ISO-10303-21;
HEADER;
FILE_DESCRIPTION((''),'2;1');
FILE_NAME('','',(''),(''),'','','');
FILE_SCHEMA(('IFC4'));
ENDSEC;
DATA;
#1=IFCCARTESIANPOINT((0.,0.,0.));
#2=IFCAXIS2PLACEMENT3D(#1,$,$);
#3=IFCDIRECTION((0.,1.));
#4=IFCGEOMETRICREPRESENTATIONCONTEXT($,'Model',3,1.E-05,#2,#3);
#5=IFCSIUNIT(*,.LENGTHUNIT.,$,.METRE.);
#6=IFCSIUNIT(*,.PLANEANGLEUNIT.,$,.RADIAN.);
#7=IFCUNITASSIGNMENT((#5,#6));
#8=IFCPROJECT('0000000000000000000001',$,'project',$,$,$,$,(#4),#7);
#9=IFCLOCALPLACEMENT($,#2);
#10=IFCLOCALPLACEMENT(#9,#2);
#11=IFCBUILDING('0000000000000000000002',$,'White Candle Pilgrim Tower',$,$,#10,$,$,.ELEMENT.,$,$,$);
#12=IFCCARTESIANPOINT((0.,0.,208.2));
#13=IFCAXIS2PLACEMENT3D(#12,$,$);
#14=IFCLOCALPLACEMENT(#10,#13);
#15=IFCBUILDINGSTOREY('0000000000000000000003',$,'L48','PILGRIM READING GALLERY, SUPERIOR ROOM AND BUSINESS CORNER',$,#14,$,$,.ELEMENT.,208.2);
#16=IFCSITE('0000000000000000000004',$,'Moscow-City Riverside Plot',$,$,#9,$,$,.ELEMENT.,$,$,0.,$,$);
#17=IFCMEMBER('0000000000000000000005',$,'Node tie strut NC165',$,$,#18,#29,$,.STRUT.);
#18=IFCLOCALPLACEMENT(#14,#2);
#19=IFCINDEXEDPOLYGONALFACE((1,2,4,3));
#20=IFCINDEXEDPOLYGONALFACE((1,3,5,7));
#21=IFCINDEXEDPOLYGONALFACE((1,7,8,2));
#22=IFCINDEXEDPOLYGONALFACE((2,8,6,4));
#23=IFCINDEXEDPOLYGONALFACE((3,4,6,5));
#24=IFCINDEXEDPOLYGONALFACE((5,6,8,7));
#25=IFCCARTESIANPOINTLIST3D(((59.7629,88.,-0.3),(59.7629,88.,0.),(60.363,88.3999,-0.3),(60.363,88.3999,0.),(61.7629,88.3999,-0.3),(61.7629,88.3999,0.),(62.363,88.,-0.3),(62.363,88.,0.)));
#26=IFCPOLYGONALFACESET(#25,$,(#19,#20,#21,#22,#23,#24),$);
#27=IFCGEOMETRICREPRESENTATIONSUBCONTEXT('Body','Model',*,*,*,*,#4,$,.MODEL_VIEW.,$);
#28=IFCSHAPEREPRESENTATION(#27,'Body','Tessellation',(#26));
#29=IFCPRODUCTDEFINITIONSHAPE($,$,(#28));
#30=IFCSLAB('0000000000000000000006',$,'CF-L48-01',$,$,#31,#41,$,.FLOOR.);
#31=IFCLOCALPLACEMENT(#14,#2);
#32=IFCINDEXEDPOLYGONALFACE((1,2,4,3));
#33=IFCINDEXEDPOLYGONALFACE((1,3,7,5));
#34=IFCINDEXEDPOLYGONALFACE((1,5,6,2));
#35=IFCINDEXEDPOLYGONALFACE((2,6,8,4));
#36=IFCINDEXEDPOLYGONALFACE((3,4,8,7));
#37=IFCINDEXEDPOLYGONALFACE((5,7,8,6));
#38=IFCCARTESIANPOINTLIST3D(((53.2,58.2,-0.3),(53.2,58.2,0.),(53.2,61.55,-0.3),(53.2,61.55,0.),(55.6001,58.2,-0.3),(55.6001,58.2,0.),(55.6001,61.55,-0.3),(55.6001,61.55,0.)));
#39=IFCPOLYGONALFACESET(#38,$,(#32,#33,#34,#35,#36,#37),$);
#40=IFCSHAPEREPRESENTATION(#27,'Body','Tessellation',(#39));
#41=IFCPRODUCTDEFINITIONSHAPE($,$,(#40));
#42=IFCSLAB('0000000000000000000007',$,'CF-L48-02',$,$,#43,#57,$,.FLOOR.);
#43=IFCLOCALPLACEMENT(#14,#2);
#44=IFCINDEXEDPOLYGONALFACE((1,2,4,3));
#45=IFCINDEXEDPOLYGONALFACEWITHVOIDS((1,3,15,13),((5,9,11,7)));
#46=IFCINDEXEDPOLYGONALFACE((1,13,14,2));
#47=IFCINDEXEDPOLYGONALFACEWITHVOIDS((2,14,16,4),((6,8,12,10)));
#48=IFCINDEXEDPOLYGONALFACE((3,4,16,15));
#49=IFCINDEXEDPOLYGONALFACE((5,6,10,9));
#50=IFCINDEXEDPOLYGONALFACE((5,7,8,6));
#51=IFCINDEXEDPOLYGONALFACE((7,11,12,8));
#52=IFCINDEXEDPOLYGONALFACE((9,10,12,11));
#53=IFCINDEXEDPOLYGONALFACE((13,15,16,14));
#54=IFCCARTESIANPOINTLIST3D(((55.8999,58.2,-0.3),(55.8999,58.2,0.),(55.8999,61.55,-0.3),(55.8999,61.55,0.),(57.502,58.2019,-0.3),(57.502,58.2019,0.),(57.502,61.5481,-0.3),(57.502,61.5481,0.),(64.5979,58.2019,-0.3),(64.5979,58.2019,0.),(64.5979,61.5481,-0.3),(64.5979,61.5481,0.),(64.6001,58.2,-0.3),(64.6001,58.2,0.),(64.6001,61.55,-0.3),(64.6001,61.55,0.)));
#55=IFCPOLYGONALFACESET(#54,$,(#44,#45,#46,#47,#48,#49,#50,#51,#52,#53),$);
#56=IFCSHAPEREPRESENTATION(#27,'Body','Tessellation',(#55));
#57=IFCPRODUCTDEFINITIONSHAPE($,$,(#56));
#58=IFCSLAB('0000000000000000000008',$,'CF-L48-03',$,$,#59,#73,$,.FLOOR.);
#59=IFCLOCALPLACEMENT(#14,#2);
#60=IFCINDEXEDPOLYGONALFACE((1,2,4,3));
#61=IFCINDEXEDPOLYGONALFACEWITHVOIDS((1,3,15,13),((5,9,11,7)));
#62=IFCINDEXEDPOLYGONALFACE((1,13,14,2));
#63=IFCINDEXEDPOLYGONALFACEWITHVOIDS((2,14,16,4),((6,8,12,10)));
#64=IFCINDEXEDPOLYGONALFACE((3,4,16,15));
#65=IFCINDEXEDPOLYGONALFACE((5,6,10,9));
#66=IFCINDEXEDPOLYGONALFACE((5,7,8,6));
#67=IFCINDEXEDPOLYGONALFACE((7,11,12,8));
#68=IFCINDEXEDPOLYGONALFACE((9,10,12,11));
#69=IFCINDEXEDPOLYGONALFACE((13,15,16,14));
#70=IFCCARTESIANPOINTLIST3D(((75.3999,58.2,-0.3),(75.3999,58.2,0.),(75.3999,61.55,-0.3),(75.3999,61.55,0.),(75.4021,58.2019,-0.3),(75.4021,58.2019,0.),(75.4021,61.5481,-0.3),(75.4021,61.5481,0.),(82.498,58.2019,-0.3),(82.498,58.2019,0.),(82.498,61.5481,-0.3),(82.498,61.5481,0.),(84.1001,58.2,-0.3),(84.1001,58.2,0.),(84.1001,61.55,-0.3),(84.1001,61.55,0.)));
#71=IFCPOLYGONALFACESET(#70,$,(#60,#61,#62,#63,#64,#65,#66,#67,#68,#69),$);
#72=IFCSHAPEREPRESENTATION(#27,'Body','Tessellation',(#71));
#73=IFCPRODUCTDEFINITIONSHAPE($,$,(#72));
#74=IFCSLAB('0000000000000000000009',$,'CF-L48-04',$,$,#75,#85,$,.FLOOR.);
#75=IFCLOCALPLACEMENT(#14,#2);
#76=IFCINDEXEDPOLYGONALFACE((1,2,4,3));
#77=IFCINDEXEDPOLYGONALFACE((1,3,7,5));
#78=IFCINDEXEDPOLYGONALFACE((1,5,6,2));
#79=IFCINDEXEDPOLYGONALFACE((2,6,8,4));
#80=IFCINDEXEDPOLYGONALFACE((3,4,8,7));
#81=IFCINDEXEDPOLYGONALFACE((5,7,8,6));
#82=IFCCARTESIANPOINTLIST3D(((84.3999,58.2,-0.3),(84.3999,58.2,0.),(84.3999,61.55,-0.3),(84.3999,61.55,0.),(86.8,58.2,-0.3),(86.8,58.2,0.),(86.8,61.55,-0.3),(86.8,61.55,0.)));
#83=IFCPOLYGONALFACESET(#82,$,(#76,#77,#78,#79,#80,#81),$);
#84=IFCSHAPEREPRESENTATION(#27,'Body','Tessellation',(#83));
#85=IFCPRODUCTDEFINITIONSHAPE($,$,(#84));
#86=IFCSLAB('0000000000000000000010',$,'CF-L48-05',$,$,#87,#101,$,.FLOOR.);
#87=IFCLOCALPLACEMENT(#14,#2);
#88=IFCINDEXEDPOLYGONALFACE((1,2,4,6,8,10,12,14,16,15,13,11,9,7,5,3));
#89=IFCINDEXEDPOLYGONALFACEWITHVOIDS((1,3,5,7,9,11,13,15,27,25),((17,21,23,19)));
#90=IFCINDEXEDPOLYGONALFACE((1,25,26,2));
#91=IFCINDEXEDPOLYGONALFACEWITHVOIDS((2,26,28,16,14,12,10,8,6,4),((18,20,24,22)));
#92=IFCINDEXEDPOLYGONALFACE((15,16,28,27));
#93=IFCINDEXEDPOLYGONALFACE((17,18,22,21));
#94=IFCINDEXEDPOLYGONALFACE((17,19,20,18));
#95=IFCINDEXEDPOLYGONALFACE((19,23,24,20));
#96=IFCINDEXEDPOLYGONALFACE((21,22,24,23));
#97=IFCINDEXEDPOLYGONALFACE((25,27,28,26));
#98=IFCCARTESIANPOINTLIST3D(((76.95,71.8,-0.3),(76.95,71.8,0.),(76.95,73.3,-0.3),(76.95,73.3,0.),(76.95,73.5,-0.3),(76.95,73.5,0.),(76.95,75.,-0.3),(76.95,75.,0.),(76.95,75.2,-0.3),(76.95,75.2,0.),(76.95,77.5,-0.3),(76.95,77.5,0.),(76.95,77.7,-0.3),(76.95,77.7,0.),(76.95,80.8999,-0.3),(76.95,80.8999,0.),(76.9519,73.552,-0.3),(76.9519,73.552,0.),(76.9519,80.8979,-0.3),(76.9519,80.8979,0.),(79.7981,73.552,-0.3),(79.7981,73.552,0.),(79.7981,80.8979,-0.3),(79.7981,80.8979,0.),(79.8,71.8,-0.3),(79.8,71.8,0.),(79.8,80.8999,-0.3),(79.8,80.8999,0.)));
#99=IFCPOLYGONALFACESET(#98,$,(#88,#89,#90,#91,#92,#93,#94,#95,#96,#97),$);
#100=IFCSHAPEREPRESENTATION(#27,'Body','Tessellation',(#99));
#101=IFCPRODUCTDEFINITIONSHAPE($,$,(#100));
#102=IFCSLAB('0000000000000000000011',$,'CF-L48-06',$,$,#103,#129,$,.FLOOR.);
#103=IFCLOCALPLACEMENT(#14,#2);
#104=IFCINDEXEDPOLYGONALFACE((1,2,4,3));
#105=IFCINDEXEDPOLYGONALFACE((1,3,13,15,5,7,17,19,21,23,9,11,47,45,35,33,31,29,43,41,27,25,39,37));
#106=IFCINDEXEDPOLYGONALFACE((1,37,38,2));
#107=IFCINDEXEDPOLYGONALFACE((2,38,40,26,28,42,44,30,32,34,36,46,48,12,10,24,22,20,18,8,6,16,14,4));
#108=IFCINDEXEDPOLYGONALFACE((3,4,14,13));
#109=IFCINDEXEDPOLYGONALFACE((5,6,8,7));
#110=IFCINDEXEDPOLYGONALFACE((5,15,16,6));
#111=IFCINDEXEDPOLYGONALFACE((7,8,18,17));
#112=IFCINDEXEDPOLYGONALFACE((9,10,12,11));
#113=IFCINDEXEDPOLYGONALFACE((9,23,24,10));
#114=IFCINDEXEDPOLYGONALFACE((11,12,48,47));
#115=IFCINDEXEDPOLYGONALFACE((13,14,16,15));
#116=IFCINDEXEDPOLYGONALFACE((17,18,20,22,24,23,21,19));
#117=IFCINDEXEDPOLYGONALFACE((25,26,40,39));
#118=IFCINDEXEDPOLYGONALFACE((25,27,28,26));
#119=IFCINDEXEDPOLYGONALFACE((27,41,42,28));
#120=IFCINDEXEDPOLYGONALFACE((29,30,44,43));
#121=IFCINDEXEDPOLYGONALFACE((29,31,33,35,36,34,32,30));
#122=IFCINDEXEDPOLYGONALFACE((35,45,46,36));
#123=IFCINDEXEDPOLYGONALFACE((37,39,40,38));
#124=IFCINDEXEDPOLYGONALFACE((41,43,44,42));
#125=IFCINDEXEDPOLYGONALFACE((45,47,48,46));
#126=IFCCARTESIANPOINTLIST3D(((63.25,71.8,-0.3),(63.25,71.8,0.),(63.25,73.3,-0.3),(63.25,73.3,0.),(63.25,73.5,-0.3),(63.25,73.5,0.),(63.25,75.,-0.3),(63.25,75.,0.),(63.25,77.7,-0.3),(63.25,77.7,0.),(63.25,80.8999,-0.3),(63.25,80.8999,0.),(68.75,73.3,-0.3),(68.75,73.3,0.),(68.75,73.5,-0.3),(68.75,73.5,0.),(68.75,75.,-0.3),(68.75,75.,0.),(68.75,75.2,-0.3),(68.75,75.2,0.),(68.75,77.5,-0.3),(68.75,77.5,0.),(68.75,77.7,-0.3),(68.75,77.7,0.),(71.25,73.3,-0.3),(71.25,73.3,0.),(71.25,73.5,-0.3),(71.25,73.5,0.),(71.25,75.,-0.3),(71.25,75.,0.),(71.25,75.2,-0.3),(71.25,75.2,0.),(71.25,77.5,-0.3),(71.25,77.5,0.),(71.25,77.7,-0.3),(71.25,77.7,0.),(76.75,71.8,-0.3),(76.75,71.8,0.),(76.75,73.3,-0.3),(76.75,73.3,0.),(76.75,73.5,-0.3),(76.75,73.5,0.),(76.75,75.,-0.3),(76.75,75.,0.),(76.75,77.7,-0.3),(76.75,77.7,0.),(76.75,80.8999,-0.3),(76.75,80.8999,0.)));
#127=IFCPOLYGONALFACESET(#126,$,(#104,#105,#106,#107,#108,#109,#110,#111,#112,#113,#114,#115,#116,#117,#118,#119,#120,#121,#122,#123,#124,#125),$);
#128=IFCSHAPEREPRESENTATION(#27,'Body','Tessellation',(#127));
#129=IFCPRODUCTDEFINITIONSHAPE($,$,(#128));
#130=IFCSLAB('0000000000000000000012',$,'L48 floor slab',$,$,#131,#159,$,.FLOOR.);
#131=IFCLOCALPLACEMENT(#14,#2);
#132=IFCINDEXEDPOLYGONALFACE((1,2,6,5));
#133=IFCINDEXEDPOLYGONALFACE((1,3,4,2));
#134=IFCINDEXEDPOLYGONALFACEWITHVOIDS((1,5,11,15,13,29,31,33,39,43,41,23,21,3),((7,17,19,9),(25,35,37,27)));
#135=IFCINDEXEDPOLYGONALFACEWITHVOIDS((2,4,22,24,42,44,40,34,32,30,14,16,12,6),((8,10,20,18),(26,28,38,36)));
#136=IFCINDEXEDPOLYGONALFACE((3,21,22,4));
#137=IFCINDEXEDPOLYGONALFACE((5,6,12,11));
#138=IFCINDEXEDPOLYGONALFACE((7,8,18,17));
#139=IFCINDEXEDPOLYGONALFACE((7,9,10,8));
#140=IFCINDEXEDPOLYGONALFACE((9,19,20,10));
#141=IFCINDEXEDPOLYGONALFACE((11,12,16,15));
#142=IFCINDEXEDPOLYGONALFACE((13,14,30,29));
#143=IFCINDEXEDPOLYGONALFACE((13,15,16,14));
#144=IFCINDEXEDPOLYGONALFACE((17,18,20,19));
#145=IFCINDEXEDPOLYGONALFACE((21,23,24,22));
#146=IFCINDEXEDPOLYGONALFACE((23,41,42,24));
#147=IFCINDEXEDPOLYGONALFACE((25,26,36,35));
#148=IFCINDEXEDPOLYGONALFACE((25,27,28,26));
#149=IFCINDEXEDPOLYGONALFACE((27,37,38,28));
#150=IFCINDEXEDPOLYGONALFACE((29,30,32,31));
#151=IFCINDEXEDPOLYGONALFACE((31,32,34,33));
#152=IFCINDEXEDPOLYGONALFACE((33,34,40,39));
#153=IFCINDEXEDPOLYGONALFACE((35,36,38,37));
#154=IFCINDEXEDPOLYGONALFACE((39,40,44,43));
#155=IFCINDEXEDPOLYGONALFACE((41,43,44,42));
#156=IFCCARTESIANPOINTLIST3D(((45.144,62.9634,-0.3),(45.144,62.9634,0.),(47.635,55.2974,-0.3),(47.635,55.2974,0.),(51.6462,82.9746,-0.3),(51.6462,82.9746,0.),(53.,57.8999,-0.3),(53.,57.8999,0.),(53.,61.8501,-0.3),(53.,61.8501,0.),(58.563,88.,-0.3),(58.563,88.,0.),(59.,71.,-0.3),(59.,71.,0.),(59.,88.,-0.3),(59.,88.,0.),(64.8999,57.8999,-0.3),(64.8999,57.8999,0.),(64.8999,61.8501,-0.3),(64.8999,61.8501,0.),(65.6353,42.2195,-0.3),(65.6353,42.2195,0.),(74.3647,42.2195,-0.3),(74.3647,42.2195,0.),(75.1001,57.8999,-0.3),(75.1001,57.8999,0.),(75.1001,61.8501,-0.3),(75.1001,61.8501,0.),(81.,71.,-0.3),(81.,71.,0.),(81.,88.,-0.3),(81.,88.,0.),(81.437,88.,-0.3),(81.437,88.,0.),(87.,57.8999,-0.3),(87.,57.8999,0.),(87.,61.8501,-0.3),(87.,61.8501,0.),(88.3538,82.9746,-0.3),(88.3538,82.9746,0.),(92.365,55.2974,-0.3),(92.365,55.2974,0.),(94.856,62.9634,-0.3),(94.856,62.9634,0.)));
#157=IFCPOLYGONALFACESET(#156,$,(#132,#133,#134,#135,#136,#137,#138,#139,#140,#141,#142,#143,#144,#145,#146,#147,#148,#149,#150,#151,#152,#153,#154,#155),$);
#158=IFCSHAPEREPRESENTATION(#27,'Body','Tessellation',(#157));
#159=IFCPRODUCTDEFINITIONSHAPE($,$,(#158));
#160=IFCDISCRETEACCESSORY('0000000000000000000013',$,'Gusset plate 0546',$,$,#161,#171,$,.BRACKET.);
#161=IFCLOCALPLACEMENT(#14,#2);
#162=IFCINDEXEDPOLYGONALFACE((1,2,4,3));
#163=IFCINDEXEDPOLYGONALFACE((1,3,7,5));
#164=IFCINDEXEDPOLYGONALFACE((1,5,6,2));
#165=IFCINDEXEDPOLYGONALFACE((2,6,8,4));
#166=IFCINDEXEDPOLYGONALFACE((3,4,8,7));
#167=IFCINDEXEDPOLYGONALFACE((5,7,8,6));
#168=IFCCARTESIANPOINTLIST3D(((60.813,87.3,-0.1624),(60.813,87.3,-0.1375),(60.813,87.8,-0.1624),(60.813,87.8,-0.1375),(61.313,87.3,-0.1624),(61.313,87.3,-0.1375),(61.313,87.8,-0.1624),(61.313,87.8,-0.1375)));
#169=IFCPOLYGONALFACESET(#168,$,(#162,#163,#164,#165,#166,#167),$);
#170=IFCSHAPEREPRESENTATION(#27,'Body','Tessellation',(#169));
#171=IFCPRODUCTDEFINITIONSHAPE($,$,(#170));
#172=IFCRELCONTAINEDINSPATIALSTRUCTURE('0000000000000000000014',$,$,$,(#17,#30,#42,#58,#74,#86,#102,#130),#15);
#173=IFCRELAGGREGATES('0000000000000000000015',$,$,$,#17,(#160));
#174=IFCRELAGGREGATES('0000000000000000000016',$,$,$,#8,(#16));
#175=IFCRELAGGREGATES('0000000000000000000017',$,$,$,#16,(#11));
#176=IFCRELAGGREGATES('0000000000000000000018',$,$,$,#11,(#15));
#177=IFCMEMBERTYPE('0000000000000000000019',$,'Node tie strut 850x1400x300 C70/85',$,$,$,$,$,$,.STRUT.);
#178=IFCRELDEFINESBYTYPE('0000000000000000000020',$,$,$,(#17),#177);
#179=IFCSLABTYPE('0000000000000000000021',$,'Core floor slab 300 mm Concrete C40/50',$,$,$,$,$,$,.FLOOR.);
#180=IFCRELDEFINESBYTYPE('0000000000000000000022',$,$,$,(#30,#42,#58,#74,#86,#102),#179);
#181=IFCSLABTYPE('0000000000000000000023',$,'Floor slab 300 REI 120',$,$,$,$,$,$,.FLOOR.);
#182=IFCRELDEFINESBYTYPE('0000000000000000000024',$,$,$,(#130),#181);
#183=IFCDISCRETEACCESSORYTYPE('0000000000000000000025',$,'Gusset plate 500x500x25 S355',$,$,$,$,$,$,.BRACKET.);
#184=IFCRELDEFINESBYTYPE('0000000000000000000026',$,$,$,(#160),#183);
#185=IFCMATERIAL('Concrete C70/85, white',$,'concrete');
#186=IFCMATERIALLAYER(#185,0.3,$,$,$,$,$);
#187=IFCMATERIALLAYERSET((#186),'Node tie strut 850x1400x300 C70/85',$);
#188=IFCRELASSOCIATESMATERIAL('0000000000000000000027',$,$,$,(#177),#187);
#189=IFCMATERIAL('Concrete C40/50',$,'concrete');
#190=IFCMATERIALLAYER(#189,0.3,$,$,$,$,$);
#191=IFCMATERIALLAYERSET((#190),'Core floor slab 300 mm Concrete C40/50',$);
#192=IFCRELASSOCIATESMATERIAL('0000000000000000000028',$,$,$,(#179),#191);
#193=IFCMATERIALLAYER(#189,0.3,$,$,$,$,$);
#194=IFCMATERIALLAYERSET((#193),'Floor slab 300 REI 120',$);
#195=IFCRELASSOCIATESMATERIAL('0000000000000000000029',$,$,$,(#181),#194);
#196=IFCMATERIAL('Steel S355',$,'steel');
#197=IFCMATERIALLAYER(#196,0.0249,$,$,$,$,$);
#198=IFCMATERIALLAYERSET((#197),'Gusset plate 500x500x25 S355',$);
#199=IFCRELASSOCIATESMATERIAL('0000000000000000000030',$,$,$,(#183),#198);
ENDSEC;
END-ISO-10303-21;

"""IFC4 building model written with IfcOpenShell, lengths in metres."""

from ifc_helpers import new_model, si_unit, direction, frame, origin, origin_2d, place, context, subcontext, project, spatial, polyline, rectangle, outline, extrude, material, layer, layer_set, type_object, element, aggregate, save


model = new_model("IFC4")

# Units and contexts
model_context = context("Model", 3, precision=1e-05, world=origin(), true_north=direction((0.0, 1.0)))
body_context = subcontext(model_context, "Body", "Model", "MODEL_VIEW")
ifc_project = project(units=[si_unit("LENGTHUNIT", "METRE"), si_unit("PLANEANGLEUNIT", "RADIAN")], contexts=[model_context])

# Site, building, storey
site_placement = place(None, origin())
site = spatial("IfcSite", under=ifc_project, at=site_placement, Name="Moscow-City Riverside Plot", CompositionType="ELEMENT", RefElevation=0.0)
building_placement = place(site_placement, origin())
building = spatial("IfcBuilding", under=site, at=building_placement, Name="White Candle Pilgrim Tower", CompositionType="ELEMENT")
storey_placement = place(building_placement, frame((0.0, 0.0, 208.2)))
storey = spatial("IfcBuildingStorey", under=building, at=storey_placement, Name="L48", Description="PILGRIM READING GALLERY, SUPERIOR ROOM AND BUSINESS CORNER", CompositionType="ELEMENT", Elevation=208.2)

# Member
ifc_material_1 = material(Name="Concrete C70/85, white", Category="concrete")
ifc_layer_1 = layer(ifc_material_1, 0.3)
ifc_layer_set_1 = layer_set([ifc_layer_1], Name="Node tie strut 850x1400x300 C70/85")
member_type_1 = type_object("IfcMemberType", Name="Node tie strut 850x1400x300 C70/85", PredefinedType="STRUT", material=ifc_layer_set_1)
member_1_placement = place(storey_placement, frame((0.0, 0.0, -0.3)))
member_1 = element("IfcMember", 1, at=member_1_placement, inside=storey, type_object=member_type_1, Name="Node tie strut NC165", PredefinedType="STRUT", context=body_context, shape_type="SweptSolid", body=[
    extrude(outline(polyline([(59.7629, 88.0), (62.363, 88.0), (61.7629, 88.3999), (60.363, 88.3999), (59.7629, 88.0)])), origin(), (0.0, 0.0, 1.0), 0.3),
])

# Slabs
ifc_material_2 = material(Name="Concrete C40/50", Category="concrete")
ifc_layer_2 = layer(ifc_material_2, 0.3)
ifc_layer_set_2 = layer_set([ifc_layer_2], Name="Core floor slab 300 mm Concrete C40/50")
slab_type_1 = type_object("IfcSlabType", Name="Core floor slab 300 mm Concrete C40/50", PredefinedType="FLOOR", material=ifc_layer_set_2)
slab_1_placement = place(storey_placement, frame((0.0, 0.0, -0.3)))
element("IfcSlab", 2, at=slab_1_placement, inside=storey, type_object=slab_type_1, Name="CF-L48-01", PredefinedType="FLOOR", context=body_context, shape_type="SweptSolid", body=[
    extrude(outline(polyline([(55.6001, 58.2), (53.2, 58.2), (53.2, 61.55), (55.6001, 61.55), (55.6001, 58.2)])), origin(), (0.0, 0.0, 1.0), 0.3),
])
slab_2_placement = place(storey_placement, frame((0.0, 0.0, -0.3)))
element("IfcSlab", 3, at=slab_2_placement, inside=storey, type_object=slab_type_1, Name="CF-L48-02", PredefinedType="FLOOR", context=body_context, shape_type="SweptSolid", body=[
    extrude(outline(polyline([(55.8999, 58.2), (55.8999, 61.55), (64.6001, 61.55), (64.6001, 58.2), (55.8999, 58.2)]), holes=[polyline([(57.502, 61.5481), (57.502, 58.2019), (64.5979, 58.2019), (64.5979, 61.5481), (57.502, 61.5481)])]), origin(), (0.0, 0.0, 1.0), 0.3),
])
slab_3_placement = place(storey_placement, frame((0.0, 0.0, -0.3)))
element("IfcSlab", 4, at=slab_3_placement, inside=storey, type_object=slab_type_1, Name="CF-L48-03", PredefinedType="FLOOR", context=body_context, shape_type="SweptSolid", body=[
    extrude(outline(polyline([(75.3999, 58.2), (75.3999, 61.55), (84.1001, 61.55), (84.1001, 58.2), (75.3999, 58.2)]), holes=[polyline([(82.498, 58.2019), (82.498, 61.5481), (75.4021, 61.5481), (75.4021, 58.2019), (82.498, 58.2019)])]), origin(), (0.0, 0.0, 1.0), 0.3),
])
slab_4_placement = place(storey_placement, frame((0.0, 0.0, -0.3)))
element("IfcSlab", 5, at=slab_4_placement, inside=storey, type_object=slab_type_1, Name="CF-L48-04", PredefinedType="FLOOR", context=body_context, shape_type="SweptSolid", body=[
    extrude(outline(polyline([(86.8, 58.2), (84.3999, 58.2), (84.3999, 61.55), (86.8, 61.55), (86.8, 58.2)])), origin(), (0.0, 0.0, 1.0), 0.3),
])
slab_5_placement = place(storey_placement, frame((0.0, 0.0, -0.3)))
element("IfcSlab", 6, at=slab_5_placement, inside=storey, type_object=slab_type_1, Name="CF-L48-05", PredefinedType="FLOOR", context=body_context, shape_type="SweptSolid", body=[
    extrude(outline(polyline([(76.95, 71.8), (76.95, 73.3), (76.95, 73.5), (76.95, 75.0), (76.95, 75.2), (76.95, 77.5), (76.95, 77.7), (76.95, 80.8999), (79.8, 80.8999), (79.8, 71.8), (76.95, 71.8)]), holes=[polyline([(76.9519, 73.552), (79.7981, 73.552), (79.7981, 80.8979), (76.9519, 80.8979), (76.9519, 73.552)])]), origin(), (0.0, 0.0, 1.0), 0.3),
])
slab_6_placement = place(storey_placement, frame((0.0, 0.0, -0.3)))
element("IfcSlab", 7, at=slab_6_placement, inside=storey, type_object=slab_type_1, Name="CF-L48-06", PredefinedType="FLOOR", context=body_context, shape_type="SweptSolid", body=[
    extrude(outline(polyline([(63.25, 71.8), (63.25, 73.3), (68.75, 73.3), (68.75, 73.5), (63.25, 73.5), (63.25, 75.0), (68.75, 75.0), (68.75, 75.2), (68.75, 77.5), (68.75, 77.7), (63.25, 77.7), (63.25, 80.8999), (76.75, 80.8999), (76.75, 77.7), (71.25, 77.7), (71.25, 77.5), (71.25, 75.2), (71.25, 75.0), (76.75, 75.0), (76.75, 73.5), (71.25, 73.5), (71.25, 73.3), (76.75, 73.3), (76.75, 71.8), (63.25, 71.8)])), origin(), (0.0, 0.0, 1.0), 0.3),
])
ifc_layer_3 = layer(ifc_material_2, 0.3)
ifc_layer_set_3 = layer_set([ifc_layer_3], Name="Floor slab 300 REI 120")
slab_type_2 = type_object("IfcSlabType", Name="Floor slab 300 REI 120", PredefinedType="FLOOR", material=ifc_layer_set_3)
slab_7_placement = place(storey_placement, frame((0.0, 0.0, -0.3)))
element("IfcSlab", 8, at=slab_7_placement, inside=storey, type_object=slab_type_2, Name="L48 floor slab", PredefinedType="FLOOR", context=body_context, shape_type="SweptSolid", body=[
    extrude(outline(polyline([(65.6353, 42.2195), (74.3647, 42.2195), (92.365, 55.2974), (94.856, 62.9634), (88.3538, 82.9746), (81.437, 88.0), (81.0, 88.0), (81.0, 71.0), (59.0, 71.0), (59.0, 88.0), (58.563, 88.0), (51.6462, 82.9746), (45.144, 62.9634), (47.635, 55.2974), (65.6353, 42.2195)]), holes=[polyline([(53.0, 57.8999), (53.0, 61.8501), (64.8999, 61.8501), (64.8999, 57.8999), (53.0, 57.8999)]), polyline([(75.1001, 57.8999), (75.1001, 61.8501), (87.0, 61.8501), (87.0, 57.8999), (75.1001, 57.8999)])]), origin(), (0.0, 0.0, 1.0), 0.3),
])

# Discrete accessory
ifc_material_3 = material(Name="Steel S355", Category="steel")
ifc_layer_4 = layer(ifc_material_3, 0.0249)
ifc_layer_set_4 = layer_set([ifc_layer_4], Name="Gusset plate 500x500x25 S355")
discrete_accessory_type = type_object("IfcDiscreteAccessoryType", Name="Gusset plate 500x500x25 S355", PredefinedType="BRACKET", material=ifc_layer_set_4)
discrete_accessory_1_placement = place(storey_placement, frame((61.063, 87.55, -0.1624), z_axis=(0.0, 0.0, 1.0), x_axis=(1.0, 0.0, 0.0)))
discrete_accessory_1 = element("IfcDiscreteAccessory", 9, at=discrete_accessory_1_placement, type_object=discrete_accessory_type, Name="Gusset plate 0546", PredefinedType="BRACKET", context=body_context, shape_type="SweptSolid", body=[
    extrude(rectangle(XDim=0.5, YDim=0.5, at=origin_2d()), origin(), (0.0, 0.0, 1.0), 0.0249),
])
aggregate(member_1, [discrete_accessory_1])

save(model, "model.ifc")
